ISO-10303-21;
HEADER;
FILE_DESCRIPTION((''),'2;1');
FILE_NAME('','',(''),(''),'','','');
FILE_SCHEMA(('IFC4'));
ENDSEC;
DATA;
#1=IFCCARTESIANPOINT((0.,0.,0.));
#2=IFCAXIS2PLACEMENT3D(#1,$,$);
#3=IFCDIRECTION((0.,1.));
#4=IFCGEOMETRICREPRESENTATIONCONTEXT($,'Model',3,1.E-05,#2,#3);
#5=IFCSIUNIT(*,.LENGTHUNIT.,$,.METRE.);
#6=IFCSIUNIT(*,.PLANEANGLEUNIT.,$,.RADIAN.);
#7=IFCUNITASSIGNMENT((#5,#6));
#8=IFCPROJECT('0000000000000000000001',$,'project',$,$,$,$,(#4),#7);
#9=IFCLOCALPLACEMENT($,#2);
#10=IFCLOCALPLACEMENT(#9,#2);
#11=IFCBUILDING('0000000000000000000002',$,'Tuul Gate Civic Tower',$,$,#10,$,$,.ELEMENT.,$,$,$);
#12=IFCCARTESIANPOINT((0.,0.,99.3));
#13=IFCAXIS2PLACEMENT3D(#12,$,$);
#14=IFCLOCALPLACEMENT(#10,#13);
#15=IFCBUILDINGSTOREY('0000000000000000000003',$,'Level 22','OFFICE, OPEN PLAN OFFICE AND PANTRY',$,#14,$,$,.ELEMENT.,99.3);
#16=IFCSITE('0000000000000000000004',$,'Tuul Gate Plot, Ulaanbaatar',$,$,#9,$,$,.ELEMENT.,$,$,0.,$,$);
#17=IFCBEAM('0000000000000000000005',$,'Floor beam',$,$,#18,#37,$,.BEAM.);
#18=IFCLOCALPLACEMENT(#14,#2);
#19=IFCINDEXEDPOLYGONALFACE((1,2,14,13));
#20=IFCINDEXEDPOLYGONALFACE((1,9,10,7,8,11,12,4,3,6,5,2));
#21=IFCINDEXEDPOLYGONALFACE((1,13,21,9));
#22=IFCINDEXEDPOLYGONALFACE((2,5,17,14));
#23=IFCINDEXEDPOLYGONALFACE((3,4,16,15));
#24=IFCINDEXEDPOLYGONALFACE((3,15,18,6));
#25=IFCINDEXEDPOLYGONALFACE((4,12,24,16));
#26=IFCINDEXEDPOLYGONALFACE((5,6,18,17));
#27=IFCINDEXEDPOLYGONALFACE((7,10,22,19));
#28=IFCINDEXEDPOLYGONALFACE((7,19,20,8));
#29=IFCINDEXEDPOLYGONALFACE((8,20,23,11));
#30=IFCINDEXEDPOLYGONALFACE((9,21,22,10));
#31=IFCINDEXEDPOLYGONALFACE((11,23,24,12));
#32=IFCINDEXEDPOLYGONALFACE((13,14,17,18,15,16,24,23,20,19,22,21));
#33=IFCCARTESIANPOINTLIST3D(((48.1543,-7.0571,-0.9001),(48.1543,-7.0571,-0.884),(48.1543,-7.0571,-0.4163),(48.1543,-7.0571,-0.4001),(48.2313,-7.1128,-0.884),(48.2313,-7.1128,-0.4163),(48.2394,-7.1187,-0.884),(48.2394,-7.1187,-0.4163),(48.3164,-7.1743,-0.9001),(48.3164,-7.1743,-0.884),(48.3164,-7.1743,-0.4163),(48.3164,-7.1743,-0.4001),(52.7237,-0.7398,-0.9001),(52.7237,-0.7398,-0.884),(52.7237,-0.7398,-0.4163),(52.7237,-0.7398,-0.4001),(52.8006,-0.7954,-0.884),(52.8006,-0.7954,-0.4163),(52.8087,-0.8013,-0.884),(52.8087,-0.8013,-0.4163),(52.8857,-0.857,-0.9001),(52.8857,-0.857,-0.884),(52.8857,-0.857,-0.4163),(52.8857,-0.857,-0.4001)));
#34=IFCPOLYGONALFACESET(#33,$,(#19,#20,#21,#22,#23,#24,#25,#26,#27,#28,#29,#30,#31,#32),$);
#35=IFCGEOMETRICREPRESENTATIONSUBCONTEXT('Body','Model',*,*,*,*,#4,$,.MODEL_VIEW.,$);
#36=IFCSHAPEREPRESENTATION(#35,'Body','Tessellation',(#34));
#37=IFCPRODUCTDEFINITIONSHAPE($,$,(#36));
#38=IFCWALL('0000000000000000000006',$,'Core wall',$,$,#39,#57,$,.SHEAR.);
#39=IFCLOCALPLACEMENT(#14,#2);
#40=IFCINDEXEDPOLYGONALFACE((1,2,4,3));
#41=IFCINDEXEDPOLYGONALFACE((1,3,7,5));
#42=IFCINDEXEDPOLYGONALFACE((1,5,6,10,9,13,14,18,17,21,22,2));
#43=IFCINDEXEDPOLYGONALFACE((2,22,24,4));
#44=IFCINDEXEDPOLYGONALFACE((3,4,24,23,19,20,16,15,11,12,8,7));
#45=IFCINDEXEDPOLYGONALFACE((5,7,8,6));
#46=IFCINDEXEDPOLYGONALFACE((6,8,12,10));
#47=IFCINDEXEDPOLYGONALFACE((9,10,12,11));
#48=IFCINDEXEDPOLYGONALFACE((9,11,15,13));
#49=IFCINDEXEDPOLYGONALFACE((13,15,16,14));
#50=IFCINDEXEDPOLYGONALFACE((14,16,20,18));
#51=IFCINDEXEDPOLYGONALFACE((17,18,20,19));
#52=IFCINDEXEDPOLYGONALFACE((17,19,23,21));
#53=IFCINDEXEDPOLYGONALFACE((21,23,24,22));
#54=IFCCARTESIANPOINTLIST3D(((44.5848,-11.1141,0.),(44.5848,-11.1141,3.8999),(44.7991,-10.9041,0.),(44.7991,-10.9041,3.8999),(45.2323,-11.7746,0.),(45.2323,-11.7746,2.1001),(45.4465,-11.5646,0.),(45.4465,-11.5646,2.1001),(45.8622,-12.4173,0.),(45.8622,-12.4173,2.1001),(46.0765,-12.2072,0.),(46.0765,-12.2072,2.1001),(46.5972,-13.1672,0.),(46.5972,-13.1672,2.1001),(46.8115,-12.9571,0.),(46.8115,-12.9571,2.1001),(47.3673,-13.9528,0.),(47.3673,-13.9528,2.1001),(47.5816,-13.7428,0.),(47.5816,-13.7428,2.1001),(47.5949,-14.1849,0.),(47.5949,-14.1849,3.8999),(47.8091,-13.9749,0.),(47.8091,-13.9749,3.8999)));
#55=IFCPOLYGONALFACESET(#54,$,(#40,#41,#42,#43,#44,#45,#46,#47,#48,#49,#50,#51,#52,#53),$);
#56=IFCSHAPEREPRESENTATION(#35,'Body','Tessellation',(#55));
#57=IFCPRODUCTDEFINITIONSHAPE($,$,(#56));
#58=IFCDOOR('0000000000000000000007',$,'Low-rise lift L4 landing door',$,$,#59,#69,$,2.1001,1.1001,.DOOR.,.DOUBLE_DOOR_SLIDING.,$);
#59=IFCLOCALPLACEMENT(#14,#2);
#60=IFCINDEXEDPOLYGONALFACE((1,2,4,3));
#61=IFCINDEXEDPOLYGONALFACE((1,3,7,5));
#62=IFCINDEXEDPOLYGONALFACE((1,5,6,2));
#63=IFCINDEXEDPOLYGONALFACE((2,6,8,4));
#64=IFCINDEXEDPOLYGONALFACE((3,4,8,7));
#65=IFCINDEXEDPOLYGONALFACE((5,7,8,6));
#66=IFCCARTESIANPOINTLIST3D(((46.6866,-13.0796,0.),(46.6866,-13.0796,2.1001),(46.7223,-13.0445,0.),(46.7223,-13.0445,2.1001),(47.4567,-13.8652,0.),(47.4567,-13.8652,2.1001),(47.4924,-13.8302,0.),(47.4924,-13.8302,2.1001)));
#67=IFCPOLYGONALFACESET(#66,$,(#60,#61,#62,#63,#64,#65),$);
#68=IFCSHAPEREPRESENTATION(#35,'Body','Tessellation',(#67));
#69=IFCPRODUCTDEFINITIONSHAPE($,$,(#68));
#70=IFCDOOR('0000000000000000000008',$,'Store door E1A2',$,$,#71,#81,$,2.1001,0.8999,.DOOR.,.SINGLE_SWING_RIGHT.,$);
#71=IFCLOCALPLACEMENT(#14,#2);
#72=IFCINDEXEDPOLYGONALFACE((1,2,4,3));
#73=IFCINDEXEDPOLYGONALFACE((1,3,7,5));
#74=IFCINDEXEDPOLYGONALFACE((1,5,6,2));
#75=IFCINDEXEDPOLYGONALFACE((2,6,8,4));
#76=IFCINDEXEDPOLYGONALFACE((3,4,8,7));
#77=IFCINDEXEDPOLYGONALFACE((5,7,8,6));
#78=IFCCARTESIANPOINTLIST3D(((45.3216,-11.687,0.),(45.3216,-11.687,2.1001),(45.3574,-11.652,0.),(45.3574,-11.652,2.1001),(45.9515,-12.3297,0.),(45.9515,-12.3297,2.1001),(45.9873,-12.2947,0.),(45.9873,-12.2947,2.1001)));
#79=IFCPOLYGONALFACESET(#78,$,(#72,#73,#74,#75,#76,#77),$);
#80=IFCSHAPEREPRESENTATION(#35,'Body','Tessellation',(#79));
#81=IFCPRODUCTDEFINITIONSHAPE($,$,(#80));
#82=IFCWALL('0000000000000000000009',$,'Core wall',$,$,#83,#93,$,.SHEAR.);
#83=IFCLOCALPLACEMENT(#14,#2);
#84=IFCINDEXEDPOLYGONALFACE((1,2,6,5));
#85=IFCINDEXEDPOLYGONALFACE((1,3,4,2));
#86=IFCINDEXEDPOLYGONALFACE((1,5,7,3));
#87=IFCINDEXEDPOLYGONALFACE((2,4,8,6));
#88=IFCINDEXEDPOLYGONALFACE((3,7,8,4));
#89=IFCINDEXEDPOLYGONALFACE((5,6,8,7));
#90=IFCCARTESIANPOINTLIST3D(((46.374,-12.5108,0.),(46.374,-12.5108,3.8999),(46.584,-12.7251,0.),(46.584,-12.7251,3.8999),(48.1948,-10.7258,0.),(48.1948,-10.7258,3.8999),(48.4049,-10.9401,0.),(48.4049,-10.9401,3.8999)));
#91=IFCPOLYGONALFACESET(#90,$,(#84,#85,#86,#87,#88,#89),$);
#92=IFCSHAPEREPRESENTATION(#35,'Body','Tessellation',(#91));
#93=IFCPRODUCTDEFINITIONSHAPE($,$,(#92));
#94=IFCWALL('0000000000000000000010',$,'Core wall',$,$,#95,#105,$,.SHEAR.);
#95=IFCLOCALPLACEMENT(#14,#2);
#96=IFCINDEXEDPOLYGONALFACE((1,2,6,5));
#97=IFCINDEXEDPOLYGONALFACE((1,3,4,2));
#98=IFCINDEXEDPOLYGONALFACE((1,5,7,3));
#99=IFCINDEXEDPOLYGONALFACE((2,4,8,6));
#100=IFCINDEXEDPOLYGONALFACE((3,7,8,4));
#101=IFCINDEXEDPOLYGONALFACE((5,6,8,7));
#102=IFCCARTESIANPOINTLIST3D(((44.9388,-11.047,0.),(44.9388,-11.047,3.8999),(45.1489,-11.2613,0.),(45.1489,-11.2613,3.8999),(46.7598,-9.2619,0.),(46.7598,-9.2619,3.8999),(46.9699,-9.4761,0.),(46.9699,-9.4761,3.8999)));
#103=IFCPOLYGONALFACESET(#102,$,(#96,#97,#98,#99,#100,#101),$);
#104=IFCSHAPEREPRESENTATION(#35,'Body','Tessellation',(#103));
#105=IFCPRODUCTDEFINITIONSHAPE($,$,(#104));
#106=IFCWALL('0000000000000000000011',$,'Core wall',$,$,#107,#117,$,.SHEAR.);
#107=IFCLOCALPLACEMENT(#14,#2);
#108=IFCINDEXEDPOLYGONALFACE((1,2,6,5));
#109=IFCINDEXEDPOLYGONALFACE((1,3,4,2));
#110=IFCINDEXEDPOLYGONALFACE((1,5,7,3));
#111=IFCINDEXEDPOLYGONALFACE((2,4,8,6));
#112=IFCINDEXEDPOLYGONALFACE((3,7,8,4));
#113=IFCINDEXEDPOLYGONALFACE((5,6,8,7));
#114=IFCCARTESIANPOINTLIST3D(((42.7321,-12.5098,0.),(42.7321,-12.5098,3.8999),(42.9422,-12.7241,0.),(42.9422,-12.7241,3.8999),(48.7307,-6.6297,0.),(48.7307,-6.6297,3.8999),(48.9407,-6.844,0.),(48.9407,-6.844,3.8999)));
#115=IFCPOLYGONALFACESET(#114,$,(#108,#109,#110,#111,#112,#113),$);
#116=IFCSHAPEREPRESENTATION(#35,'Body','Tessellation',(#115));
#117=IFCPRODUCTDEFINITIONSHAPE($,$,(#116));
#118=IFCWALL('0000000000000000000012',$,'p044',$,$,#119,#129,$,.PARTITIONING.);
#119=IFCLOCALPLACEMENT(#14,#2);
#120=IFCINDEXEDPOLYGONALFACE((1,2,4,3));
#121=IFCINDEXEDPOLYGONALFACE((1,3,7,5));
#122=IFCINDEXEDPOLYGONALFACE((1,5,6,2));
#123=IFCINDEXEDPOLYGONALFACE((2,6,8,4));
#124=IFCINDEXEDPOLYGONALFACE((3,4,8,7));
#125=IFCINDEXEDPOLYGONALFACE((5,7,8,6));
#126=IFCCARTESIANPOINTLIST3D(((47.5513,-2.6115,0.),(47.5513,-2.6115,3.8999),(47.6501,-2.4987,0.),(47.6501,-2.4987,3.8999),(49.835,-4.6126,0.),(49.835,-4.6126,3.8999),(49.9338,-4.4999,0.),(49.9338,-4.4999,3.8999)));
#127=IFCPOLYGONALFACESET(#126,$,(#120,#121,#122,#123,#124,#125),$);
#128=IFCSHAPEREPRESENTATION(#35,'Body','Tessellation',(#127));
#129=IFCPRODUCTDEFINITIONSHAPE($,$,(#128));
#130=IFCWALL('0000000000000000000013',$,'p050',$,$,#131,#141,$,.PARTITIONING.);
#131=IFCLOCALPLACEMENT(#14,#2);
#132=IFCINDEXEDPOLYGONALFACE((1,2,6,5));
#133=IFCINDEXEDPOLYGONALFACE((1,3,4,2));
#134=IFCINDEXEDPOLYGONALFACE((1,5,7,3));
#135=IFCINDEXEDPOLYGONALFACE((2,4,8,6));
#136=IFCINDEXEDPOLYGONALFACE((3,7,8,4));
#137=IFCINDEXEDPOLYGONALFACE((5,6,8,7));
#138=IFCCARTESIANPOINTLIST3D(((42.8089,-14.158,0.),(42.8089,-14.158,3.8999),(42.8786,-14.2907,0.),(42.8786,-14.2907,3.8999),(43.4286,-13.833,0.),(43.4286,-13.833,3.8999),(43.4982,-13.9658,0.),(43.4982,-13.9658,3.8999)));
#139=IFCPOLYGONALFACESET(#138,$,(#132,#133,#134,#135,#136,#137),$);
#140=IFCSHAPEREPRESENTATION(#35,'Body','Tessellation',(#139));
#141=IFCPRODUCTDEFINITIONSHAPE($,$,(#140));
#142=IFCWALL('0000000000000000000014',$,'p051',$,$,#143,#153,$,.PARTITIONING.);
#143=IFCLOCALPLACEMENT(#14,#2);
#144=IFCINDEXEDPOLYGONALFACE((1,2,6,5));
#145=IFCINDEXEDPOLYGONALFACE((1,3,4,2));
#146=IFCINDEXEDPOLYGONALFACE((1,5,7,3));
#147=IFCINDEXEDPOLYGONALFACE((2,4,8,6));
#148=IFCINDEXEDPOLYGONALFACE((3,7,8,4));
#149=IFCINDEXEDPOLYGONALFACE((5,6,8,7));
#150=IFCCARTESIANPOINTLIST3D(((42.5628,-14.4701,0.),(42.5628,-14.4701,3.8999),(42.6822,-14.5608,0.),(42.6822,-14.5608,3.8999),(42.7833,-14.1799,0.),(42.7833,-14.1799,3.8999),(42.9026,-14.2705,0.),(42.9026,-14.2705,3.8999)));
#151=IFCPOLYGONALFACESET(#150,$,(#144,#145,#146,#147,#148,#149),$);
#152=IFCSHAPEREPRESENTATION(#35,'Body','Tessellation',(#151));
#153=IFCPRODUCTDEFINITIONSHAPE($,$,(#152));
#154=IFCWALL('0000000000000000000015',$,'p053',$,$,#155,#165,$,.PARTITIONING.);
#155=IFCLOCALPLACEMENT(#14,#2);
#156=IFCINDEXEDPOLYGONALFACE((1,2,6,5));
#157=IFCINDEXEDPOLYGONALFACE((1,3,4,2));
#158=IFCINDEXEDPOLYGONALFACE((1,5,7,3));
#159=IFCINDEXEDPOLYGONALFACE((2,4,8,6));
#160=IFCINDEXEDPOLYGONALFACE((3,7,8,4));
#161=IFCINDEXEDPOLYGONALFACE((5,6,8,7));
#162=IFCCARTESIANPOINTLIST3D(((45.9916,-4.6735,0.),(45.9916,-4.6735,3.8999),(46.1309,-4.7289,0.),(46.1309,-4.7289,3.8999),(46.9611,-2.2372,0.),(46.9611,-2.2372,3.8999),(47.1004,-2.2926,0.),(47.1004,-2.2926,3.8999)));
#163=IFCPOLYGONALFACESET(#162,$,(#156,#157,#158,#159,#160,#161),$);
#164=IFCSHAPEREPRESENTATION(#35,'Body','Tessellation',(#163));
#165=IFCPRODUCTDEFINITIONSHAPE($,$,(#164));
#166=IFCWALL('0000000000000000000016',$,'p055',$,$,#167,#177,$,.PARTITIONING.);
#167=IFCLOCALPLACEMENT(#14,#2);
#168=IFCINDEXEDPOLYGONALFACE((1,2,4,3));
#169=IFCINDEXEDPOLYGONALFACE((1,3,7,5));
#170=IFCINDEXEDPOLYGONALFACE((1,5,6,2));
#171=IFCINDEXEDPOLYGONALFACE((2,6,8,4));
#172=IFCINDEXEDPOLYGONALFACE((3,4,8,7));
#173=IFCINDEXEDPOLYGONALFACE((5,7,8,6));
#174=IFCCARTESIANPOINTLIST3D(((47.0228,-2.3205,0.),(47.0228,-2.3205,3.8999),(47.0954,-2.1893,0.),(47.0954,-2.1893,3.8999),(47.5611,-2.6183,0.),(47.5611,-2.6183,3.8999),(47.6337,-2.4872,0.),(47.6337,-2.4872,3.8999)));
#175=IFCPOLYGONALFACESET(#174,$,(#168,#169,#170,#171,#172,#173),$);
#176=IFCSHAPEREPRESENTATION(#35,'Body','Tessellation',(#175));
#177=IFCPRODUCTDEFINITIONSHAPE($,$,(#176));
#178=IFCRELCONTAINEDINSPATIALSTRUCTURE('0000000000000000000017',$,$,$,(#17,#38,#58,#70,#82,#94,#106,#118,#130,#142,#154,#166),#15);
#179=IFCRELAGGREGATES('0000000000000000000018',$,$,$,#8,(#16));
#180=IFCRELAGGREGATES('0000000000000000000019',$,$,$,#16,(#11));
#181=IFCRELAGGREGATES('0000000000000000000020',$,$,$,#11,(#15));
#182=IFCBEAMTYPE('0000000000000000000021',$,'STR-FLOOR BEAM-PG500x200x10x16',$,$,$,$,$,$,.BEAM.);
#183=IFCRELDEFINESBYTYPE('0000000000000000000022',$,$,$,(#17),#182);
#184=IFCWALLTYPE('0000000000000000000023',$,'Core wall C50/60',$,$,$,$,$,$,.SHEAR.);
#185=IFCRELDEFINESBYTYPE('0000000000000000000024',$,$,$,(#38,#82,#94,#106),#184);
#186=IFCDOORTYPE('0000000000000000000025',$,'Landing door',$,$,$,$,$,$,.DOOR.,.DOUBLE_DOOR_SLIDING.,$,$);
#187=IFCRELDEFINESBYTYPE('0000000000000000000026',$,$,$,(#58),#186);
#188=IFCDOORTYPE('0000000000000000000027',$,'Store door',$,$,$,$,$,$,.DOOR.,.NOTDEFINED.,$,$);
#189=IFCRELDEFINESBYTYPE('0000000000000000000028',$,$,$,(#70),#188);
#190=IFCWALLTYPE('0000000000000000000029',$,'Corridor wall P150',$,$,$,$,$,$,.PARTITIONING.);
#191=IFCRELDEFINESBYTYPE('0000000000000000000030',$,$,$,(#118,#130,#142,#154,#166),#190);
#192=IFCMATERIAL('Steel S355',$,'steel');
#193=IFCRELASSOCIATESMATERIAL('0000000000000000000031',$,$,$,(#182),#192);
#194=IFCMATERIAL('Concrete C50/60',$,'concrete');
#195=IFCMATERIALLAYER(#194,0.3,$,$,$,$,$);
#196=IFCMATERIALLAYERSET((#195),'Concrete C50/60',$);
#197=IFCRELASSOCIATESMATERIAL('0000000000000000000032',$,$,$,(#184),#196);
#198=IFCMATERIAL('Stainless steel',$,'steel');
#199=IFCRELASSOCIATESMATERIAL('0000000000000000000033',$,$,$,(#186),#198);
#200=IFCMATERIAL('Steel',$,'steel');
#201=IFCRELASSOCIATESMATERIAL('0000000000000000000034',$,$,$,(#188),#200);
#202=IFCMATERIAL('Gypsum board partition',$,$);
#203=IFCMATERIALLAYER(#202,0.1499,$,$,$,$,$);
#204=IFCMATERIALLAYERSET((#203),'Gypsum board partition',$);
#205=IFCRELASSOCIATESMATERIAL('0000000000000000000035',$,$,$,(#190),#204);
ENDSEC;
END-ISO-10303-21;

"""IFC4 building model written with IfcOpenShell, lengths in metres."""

from ifc_helpers import new_model, si_unit, direction, frame, frame_2d, origin, origin_2d, place, context, subcontext, project, spatial, rectangle, i_section, extrude, material, layer, layer_set, material_profile, profile_set, type_object, element, fill, save


model = new_model("IFC4")

# Units and contexts
model_context = context("Model", 3, precision=1e-05, world=origin(), true_north=direction((0.0, 1.0)))
body_context = subcontext(model_context, "Body", "Model", "MODEL_VIEW")
ifc_project = project(units=[si_unit("LENGTHUNIT", "METRE"), si_unit("PLANEANGLEUNIT", "RADIAN")], contexts=[model_context])

# Site, building, storey
site_placement = place(None, origin())
site = spatial("IfcSite", under=ifc_project, at=site_placement, Name="Tuul Gate Plot, Ulaanbaatar", CompositionType="ELEMENT", RefElevation=0.0)
building_placement = place(site_placement, origin())
building = spatial("IfcBuilding", under=site, at=building_placement, Name="Tuul Gate Civic Tower", CompositionType="ELEMENT")
storey_placement = place(building_placement, frame((0.0, 0.0, 99.3)))
storey = spatial("IfcBuildingStorey", under=building, at=storey_placement, Name="Level 22", Description="OFFICE, OPEN PLAN OFFICE AND PANTRY", CompositionType="ELEMENT", Elevation=99.3)

# Beam
ifc_material_1 = material(Name="Steel S355", Category="steel")
ifc_material_profile = material_profile(ifc_material_1, i_section(OverallWidth=0.2, OverallDepth=0.5, WebThickness=0.01, FlangeThickness=0.0161, at=origin_2d()), Name="PG500x200x10x16")
ifc_profile_set = profile_set([ifc_material_profile], Name="Steel S355")
beam_type = type_object("IfcBeamType", Name="STR-FLOOR BEAM-PG500x200x10x16", PredefinedType="BEAM", material=ifc_profile_set)
beam_placement = place(storey_placement, frame((48.2354, -7.1157, -0.6501), z_axis=(0.586062, 0.810266, 0.0), x_axis=(-0.810266, 0.586062, 0.0)))
element("IfcBeam", 1, at=beam_placement, inside=storey, type_object=beam_type, Name="Floor beam", PredefinedType="BEAM", context=body_context, shape_type="SweptSolid", body=[
    extrude(i_section(OverallWidth=0.2, OverallDepth=0.5, WebThickness=0.01, FlangeThickness=0.0161, at=origin_2d()), origin(), (0.0, 0.0, 1.0), 7.7966),
])

# Wall, openings, doors
ifc_material_2 = material(Name="Concrete C50/60", Category="concrete")
ifc_layer_1 = layer(ifc_material_2, 0.3)
ifc_layer_set_1 = layer_set([ifc_layer_1], Name="Concrete C50/60")
wall_type_1 = type_object("IfcWallType", Name="Core wall C50/60", PredefinedType="SHEAR", material=ifc_layer_set_1)
wall_1_placement = place(storey_placement, frame((47.7019, -14.0798, 0.0), z_axis=(0.0, 0.0, 1.0), x_axis=(-0.700003, 0.71414, 0.0)))
wall_1 = element("IfcWall", 2, at=wall_1_placement, inside=storey, type_object=wall_type_1, Name="Core wall", PredefinedType="SHEAR", context=body_context, shape_type="SweptSolid", body=[
    extrude(rectangle(XDim=4.3, YDim=0.3, at=frame_2d((2.1499, 0.0))), origin(), (0.0, 0.0, 1.0), 3.8999),
])
opening_1_placement = place(wall_1_placement, frame((0.325, 0.0, 0.0)))
opening_1 = element("IfcOpeningElement", 3, at=opening_1_placement, cuts=wall_1, PredefinedType="OPENING", context=body_context, shape_type="SweptSolid", body=[
    extrude(rectangle(XDim=1.1001, YDim=2.1001, at=frame_2d((0.55, 1.05))), frame((0.0, 0.1602, 0.0), z_axis=(0.0, -1.0, 0.0), x_axis=(1.0, 0.0, 0.0)), (0.0, 0.0, 1.0), 0.3201),
])
opening_2_placement = place(wall_1_placement, frame((2.4751, 0.0, 0.0)))
opening_2 = element("IfcOpeningElement", 4, at=opening_2_placement, cuts=wall_1, PredefinedType="OPENING", context=body_context, shape_type="SweptSolid", body=[
    extrude(rectangle(XDim=0.8999, YDim=2.1001, at=frame_2d((0.45, 1.05))), frame((0.0, 0.1602, 0.0), z_axis=(0.0, -1.0, 0.0), x_axis=(1.0, 0.0, 0.0)), (0.0, 0.0, 1.0), 0.3201),
])
ifc_material_3 = material(Name="Stainless steel", Category="steel")
door_type_1 = type_object("IfcDoorType", Name="Landing door", OperationType="DOUBLE_DOOR_SLIDING", PredefinedType="DOOR", material=ifc_material_3)
door_1_placement = place(opening_1_placement, origin())
door_1 = element("IfcDoor", 5, at=door_1_placement, inside=storey, type_object=door_type_1, Name="Low-rise lift L4 landing door", OperationType="DOUBLE_DOOR_SLIDING", OverallHeight=2.1001, OverallWidth=1.1001, PredefinedType="DOOR", context=body_context, shape_type="SweptSolid", body=[
    extrude(rectangle(XDim=1.1001, YDim=2.1001, at=frame_2d((0.55, 1.05))), frame((0.0, 0.0249, 0.0), z_axis=(0.0, -1.0, 0.0), x_axis=(1.0, 0.0, 0.0)), (0.0, 0.0, 1.0), 0.05),
])
fill(opening_1, door_1)
ifc_material_4 = material(Name="Steel", Category="steel")
door_type_2 = type_object("IfcDoorType", Name="Store door", OperationType="NOTDEFINED", PredefinedType="DOOR", material=ifc_material_4)
door_2_placement = place(opening_2_placement, origin())
door_2 = element("IfcDoor", 6, at=door_2_placement, inside=storey, type_object=door_type_2, Name="Store door E1A2", OperationType="SINGLE_SWING_RIGHT", OverallHeight=2.1001, OverallWidth=0.8999, PredefinedType="DOOR", context=body_context, shape_type="SweptSolid", body=[
    extrude(rectangle(XDim=0.8999, YDim=2.1001, at=frame_2d((0.45, 1.05))), frame((0.0, 0.0249, 0.0), z_axis=(0.0, -1.0, 0.0), x_axis=(1.0, 0.0, 0.0)), (0.0, 0.0, 1.0), 0.05),
])
fill(opening_2, door_2)

# Walls
wall_2_placement = place(storey_placement, frame((46.479, -12.6179, 0.0), z_axis=(0.0, 0.0, 1.0), x_axis=(0.714109, 0.700034, 0.0)))
element("IfcWall", 7, at=wall_2_placement, inside=storey, type_object=wall_type_1, Name="Core wall", PredefinedType="SHEAR", context=body_context, shape_type="SweptSolid", body=[
    extrude(rectangle(XDim=2.5498, YDim=0.3, at=frame_2d((1.2749, 0.0))), origin(), (0.0, 0.0, 1.0), 3.8999),
])
wall_3_placement = place(storey_placement, frame((45.0439, -11.1541, 0.0), z_axis=(0.0, 0.0, 1.0), x_axis=(0.714108, 0.700035, 0.0)))
element("IfcWall", 8, at=wall_3_placement, inside=storey, type_object=wall_type_1, Name="Core wall", PredefinedType="SHEAR", context=body_context, shape_type="SweptSolid", body=[
    extrude(rectangle(XDim=2.55, YDim=0.3, at=frame_2d((1.2749, 0.0))), origin(), (0.0, 0.0, 1.0), 3.8999),
])
wall_4_placement = place(storey_placement, frame((42.8372, -12.6169, 0.0), z_axis=(0.0, 0.0, 1.0), x_axis=(0.71412, 0.700023, 0.0)))
element("IfcWall", 9, at=wall_4_placement, inside=storey, type_object=wall_type_1, Name="Core wall", PredefinedType="SHEAR", context=body_context, shape_type="SweptSolid", body=[
    extrude(rectangle(XDim=8.3999, YDim=0.3, at=frame_2d((4.2, 0.0))), origin(), (0.0, 0.0, 1.0), 3.8999),
])
ifc_material_5 = material(Name="Gypsum board partition")
ifc_layer_2 = layer(ifc_material_5, 0.1499)
ifc_layer_set_2 = layer_set([ifc_layer_2], Name="Gypsum board partition")
wall_type_2 = type_object("IfcWallType", Name="Corridor wall P150", PredefinedType="PARTITIONING", material=ifc_layer_set_2)
wall_5_placement = place(storey_placement, frame((47.6008, -2.5552, 0.0), z_axis=(0.0, 0.0, 1.0), x_axis=(0.752088, -0.659062, 0.0)))
element("IfcWall", 10, at=wall_5_placement, inside=storey, type_object=wall_type_2, Name="p044", PredefinedType="PARTITIONING", context=body_context, shape_type="SweptSolid", body=[
    extrude(rectangle(XDim=3.0364, YDim=0.1499, at=frame_2d((1.5181, 0.0))), origin(), (0.0, 0.0, 1.0), 3.8999),
])
wall_6_placement = place(storey_placement, frame((42.8438, -14.2244, 0.0), z_axis=(0.0, 0.0, 1.0), x_axis=(0.885606, 0.464437, 0.0)))
element("IfcWall", 11, at=wall_6_placement, inside=storey, type_object=wall_type_2, Name="p050", PredefinedType="PARTITIONING", context=body_context, shape_type="SweptSolid", body=[
    extrude(rectangle(XDim=0.6997, YDim=0.1499, at=frame_2d((0.3499, 0.0))), origin(), (0.0, 0.0, 1.0), 3.8999),
])
wall_7_placement = place(storey_placement, frame((42.6226, -14.5154, 0.0), z_axis=(0.0, 0.0, 1.0), x_axis=(0.604812, 0.796369, 0.0)))
element("IfcWall", 12, at=wall_7_placement, inside=storey, type_object=wall_type_2, Name="p051", PredefinedType="PARTITIONING", context=body_context, shape_type="SweptSolid", body=[
    extrude(rectangle(XDim=0.3645, YDim=0.1499, at=frame_2d((0.1821, 0.0))), origin(), (0.0, 0.0, 1.0), 3.8999),
])
wall_8_placement = place(storey_placement, frame((46.0613, -4.7012, 0.0), z_axis=(0.0, 0.0, 1.0), x_axis=(0.369737, 0.929137, 0.0)))
element("IfcWall", 13, at=wall_8_placement, inside=storey, type_object=wall_type_2, Name="p053", PredefinedType="PARTITIONING", context=body_context, shape_type="SweptSolid", body=[
    extrude(rectangle(XDim=2.6221, YDim=0.1499, at=frame_2d((1.311, 0.0))), origin(), (0.0, 0.0, 1.0), 3.8999),
])
wall_9_placement = place(storey_placement, frame((47.0591, -2.2549, 0.0), z_axis=(0.0, 0.0, 1.0), x_axis=(0.874998, -0.484126, 0.0)))
element("IfcWall", 14, at=wall_9_placement, inside=storey, type_object=wall_type_2, Name="p055", PredefinedType="PARTITIONING", context=body_context, shape_type="SweptSolid", body=[
    extrude(rectangle(XDim=0.6152, YDim=0.1499, at=frame_2d((0.3076, 0.0))), origin(), (0.0, 0.0, 1.0), 3.8999),
])

save(model, "model.ifc")
